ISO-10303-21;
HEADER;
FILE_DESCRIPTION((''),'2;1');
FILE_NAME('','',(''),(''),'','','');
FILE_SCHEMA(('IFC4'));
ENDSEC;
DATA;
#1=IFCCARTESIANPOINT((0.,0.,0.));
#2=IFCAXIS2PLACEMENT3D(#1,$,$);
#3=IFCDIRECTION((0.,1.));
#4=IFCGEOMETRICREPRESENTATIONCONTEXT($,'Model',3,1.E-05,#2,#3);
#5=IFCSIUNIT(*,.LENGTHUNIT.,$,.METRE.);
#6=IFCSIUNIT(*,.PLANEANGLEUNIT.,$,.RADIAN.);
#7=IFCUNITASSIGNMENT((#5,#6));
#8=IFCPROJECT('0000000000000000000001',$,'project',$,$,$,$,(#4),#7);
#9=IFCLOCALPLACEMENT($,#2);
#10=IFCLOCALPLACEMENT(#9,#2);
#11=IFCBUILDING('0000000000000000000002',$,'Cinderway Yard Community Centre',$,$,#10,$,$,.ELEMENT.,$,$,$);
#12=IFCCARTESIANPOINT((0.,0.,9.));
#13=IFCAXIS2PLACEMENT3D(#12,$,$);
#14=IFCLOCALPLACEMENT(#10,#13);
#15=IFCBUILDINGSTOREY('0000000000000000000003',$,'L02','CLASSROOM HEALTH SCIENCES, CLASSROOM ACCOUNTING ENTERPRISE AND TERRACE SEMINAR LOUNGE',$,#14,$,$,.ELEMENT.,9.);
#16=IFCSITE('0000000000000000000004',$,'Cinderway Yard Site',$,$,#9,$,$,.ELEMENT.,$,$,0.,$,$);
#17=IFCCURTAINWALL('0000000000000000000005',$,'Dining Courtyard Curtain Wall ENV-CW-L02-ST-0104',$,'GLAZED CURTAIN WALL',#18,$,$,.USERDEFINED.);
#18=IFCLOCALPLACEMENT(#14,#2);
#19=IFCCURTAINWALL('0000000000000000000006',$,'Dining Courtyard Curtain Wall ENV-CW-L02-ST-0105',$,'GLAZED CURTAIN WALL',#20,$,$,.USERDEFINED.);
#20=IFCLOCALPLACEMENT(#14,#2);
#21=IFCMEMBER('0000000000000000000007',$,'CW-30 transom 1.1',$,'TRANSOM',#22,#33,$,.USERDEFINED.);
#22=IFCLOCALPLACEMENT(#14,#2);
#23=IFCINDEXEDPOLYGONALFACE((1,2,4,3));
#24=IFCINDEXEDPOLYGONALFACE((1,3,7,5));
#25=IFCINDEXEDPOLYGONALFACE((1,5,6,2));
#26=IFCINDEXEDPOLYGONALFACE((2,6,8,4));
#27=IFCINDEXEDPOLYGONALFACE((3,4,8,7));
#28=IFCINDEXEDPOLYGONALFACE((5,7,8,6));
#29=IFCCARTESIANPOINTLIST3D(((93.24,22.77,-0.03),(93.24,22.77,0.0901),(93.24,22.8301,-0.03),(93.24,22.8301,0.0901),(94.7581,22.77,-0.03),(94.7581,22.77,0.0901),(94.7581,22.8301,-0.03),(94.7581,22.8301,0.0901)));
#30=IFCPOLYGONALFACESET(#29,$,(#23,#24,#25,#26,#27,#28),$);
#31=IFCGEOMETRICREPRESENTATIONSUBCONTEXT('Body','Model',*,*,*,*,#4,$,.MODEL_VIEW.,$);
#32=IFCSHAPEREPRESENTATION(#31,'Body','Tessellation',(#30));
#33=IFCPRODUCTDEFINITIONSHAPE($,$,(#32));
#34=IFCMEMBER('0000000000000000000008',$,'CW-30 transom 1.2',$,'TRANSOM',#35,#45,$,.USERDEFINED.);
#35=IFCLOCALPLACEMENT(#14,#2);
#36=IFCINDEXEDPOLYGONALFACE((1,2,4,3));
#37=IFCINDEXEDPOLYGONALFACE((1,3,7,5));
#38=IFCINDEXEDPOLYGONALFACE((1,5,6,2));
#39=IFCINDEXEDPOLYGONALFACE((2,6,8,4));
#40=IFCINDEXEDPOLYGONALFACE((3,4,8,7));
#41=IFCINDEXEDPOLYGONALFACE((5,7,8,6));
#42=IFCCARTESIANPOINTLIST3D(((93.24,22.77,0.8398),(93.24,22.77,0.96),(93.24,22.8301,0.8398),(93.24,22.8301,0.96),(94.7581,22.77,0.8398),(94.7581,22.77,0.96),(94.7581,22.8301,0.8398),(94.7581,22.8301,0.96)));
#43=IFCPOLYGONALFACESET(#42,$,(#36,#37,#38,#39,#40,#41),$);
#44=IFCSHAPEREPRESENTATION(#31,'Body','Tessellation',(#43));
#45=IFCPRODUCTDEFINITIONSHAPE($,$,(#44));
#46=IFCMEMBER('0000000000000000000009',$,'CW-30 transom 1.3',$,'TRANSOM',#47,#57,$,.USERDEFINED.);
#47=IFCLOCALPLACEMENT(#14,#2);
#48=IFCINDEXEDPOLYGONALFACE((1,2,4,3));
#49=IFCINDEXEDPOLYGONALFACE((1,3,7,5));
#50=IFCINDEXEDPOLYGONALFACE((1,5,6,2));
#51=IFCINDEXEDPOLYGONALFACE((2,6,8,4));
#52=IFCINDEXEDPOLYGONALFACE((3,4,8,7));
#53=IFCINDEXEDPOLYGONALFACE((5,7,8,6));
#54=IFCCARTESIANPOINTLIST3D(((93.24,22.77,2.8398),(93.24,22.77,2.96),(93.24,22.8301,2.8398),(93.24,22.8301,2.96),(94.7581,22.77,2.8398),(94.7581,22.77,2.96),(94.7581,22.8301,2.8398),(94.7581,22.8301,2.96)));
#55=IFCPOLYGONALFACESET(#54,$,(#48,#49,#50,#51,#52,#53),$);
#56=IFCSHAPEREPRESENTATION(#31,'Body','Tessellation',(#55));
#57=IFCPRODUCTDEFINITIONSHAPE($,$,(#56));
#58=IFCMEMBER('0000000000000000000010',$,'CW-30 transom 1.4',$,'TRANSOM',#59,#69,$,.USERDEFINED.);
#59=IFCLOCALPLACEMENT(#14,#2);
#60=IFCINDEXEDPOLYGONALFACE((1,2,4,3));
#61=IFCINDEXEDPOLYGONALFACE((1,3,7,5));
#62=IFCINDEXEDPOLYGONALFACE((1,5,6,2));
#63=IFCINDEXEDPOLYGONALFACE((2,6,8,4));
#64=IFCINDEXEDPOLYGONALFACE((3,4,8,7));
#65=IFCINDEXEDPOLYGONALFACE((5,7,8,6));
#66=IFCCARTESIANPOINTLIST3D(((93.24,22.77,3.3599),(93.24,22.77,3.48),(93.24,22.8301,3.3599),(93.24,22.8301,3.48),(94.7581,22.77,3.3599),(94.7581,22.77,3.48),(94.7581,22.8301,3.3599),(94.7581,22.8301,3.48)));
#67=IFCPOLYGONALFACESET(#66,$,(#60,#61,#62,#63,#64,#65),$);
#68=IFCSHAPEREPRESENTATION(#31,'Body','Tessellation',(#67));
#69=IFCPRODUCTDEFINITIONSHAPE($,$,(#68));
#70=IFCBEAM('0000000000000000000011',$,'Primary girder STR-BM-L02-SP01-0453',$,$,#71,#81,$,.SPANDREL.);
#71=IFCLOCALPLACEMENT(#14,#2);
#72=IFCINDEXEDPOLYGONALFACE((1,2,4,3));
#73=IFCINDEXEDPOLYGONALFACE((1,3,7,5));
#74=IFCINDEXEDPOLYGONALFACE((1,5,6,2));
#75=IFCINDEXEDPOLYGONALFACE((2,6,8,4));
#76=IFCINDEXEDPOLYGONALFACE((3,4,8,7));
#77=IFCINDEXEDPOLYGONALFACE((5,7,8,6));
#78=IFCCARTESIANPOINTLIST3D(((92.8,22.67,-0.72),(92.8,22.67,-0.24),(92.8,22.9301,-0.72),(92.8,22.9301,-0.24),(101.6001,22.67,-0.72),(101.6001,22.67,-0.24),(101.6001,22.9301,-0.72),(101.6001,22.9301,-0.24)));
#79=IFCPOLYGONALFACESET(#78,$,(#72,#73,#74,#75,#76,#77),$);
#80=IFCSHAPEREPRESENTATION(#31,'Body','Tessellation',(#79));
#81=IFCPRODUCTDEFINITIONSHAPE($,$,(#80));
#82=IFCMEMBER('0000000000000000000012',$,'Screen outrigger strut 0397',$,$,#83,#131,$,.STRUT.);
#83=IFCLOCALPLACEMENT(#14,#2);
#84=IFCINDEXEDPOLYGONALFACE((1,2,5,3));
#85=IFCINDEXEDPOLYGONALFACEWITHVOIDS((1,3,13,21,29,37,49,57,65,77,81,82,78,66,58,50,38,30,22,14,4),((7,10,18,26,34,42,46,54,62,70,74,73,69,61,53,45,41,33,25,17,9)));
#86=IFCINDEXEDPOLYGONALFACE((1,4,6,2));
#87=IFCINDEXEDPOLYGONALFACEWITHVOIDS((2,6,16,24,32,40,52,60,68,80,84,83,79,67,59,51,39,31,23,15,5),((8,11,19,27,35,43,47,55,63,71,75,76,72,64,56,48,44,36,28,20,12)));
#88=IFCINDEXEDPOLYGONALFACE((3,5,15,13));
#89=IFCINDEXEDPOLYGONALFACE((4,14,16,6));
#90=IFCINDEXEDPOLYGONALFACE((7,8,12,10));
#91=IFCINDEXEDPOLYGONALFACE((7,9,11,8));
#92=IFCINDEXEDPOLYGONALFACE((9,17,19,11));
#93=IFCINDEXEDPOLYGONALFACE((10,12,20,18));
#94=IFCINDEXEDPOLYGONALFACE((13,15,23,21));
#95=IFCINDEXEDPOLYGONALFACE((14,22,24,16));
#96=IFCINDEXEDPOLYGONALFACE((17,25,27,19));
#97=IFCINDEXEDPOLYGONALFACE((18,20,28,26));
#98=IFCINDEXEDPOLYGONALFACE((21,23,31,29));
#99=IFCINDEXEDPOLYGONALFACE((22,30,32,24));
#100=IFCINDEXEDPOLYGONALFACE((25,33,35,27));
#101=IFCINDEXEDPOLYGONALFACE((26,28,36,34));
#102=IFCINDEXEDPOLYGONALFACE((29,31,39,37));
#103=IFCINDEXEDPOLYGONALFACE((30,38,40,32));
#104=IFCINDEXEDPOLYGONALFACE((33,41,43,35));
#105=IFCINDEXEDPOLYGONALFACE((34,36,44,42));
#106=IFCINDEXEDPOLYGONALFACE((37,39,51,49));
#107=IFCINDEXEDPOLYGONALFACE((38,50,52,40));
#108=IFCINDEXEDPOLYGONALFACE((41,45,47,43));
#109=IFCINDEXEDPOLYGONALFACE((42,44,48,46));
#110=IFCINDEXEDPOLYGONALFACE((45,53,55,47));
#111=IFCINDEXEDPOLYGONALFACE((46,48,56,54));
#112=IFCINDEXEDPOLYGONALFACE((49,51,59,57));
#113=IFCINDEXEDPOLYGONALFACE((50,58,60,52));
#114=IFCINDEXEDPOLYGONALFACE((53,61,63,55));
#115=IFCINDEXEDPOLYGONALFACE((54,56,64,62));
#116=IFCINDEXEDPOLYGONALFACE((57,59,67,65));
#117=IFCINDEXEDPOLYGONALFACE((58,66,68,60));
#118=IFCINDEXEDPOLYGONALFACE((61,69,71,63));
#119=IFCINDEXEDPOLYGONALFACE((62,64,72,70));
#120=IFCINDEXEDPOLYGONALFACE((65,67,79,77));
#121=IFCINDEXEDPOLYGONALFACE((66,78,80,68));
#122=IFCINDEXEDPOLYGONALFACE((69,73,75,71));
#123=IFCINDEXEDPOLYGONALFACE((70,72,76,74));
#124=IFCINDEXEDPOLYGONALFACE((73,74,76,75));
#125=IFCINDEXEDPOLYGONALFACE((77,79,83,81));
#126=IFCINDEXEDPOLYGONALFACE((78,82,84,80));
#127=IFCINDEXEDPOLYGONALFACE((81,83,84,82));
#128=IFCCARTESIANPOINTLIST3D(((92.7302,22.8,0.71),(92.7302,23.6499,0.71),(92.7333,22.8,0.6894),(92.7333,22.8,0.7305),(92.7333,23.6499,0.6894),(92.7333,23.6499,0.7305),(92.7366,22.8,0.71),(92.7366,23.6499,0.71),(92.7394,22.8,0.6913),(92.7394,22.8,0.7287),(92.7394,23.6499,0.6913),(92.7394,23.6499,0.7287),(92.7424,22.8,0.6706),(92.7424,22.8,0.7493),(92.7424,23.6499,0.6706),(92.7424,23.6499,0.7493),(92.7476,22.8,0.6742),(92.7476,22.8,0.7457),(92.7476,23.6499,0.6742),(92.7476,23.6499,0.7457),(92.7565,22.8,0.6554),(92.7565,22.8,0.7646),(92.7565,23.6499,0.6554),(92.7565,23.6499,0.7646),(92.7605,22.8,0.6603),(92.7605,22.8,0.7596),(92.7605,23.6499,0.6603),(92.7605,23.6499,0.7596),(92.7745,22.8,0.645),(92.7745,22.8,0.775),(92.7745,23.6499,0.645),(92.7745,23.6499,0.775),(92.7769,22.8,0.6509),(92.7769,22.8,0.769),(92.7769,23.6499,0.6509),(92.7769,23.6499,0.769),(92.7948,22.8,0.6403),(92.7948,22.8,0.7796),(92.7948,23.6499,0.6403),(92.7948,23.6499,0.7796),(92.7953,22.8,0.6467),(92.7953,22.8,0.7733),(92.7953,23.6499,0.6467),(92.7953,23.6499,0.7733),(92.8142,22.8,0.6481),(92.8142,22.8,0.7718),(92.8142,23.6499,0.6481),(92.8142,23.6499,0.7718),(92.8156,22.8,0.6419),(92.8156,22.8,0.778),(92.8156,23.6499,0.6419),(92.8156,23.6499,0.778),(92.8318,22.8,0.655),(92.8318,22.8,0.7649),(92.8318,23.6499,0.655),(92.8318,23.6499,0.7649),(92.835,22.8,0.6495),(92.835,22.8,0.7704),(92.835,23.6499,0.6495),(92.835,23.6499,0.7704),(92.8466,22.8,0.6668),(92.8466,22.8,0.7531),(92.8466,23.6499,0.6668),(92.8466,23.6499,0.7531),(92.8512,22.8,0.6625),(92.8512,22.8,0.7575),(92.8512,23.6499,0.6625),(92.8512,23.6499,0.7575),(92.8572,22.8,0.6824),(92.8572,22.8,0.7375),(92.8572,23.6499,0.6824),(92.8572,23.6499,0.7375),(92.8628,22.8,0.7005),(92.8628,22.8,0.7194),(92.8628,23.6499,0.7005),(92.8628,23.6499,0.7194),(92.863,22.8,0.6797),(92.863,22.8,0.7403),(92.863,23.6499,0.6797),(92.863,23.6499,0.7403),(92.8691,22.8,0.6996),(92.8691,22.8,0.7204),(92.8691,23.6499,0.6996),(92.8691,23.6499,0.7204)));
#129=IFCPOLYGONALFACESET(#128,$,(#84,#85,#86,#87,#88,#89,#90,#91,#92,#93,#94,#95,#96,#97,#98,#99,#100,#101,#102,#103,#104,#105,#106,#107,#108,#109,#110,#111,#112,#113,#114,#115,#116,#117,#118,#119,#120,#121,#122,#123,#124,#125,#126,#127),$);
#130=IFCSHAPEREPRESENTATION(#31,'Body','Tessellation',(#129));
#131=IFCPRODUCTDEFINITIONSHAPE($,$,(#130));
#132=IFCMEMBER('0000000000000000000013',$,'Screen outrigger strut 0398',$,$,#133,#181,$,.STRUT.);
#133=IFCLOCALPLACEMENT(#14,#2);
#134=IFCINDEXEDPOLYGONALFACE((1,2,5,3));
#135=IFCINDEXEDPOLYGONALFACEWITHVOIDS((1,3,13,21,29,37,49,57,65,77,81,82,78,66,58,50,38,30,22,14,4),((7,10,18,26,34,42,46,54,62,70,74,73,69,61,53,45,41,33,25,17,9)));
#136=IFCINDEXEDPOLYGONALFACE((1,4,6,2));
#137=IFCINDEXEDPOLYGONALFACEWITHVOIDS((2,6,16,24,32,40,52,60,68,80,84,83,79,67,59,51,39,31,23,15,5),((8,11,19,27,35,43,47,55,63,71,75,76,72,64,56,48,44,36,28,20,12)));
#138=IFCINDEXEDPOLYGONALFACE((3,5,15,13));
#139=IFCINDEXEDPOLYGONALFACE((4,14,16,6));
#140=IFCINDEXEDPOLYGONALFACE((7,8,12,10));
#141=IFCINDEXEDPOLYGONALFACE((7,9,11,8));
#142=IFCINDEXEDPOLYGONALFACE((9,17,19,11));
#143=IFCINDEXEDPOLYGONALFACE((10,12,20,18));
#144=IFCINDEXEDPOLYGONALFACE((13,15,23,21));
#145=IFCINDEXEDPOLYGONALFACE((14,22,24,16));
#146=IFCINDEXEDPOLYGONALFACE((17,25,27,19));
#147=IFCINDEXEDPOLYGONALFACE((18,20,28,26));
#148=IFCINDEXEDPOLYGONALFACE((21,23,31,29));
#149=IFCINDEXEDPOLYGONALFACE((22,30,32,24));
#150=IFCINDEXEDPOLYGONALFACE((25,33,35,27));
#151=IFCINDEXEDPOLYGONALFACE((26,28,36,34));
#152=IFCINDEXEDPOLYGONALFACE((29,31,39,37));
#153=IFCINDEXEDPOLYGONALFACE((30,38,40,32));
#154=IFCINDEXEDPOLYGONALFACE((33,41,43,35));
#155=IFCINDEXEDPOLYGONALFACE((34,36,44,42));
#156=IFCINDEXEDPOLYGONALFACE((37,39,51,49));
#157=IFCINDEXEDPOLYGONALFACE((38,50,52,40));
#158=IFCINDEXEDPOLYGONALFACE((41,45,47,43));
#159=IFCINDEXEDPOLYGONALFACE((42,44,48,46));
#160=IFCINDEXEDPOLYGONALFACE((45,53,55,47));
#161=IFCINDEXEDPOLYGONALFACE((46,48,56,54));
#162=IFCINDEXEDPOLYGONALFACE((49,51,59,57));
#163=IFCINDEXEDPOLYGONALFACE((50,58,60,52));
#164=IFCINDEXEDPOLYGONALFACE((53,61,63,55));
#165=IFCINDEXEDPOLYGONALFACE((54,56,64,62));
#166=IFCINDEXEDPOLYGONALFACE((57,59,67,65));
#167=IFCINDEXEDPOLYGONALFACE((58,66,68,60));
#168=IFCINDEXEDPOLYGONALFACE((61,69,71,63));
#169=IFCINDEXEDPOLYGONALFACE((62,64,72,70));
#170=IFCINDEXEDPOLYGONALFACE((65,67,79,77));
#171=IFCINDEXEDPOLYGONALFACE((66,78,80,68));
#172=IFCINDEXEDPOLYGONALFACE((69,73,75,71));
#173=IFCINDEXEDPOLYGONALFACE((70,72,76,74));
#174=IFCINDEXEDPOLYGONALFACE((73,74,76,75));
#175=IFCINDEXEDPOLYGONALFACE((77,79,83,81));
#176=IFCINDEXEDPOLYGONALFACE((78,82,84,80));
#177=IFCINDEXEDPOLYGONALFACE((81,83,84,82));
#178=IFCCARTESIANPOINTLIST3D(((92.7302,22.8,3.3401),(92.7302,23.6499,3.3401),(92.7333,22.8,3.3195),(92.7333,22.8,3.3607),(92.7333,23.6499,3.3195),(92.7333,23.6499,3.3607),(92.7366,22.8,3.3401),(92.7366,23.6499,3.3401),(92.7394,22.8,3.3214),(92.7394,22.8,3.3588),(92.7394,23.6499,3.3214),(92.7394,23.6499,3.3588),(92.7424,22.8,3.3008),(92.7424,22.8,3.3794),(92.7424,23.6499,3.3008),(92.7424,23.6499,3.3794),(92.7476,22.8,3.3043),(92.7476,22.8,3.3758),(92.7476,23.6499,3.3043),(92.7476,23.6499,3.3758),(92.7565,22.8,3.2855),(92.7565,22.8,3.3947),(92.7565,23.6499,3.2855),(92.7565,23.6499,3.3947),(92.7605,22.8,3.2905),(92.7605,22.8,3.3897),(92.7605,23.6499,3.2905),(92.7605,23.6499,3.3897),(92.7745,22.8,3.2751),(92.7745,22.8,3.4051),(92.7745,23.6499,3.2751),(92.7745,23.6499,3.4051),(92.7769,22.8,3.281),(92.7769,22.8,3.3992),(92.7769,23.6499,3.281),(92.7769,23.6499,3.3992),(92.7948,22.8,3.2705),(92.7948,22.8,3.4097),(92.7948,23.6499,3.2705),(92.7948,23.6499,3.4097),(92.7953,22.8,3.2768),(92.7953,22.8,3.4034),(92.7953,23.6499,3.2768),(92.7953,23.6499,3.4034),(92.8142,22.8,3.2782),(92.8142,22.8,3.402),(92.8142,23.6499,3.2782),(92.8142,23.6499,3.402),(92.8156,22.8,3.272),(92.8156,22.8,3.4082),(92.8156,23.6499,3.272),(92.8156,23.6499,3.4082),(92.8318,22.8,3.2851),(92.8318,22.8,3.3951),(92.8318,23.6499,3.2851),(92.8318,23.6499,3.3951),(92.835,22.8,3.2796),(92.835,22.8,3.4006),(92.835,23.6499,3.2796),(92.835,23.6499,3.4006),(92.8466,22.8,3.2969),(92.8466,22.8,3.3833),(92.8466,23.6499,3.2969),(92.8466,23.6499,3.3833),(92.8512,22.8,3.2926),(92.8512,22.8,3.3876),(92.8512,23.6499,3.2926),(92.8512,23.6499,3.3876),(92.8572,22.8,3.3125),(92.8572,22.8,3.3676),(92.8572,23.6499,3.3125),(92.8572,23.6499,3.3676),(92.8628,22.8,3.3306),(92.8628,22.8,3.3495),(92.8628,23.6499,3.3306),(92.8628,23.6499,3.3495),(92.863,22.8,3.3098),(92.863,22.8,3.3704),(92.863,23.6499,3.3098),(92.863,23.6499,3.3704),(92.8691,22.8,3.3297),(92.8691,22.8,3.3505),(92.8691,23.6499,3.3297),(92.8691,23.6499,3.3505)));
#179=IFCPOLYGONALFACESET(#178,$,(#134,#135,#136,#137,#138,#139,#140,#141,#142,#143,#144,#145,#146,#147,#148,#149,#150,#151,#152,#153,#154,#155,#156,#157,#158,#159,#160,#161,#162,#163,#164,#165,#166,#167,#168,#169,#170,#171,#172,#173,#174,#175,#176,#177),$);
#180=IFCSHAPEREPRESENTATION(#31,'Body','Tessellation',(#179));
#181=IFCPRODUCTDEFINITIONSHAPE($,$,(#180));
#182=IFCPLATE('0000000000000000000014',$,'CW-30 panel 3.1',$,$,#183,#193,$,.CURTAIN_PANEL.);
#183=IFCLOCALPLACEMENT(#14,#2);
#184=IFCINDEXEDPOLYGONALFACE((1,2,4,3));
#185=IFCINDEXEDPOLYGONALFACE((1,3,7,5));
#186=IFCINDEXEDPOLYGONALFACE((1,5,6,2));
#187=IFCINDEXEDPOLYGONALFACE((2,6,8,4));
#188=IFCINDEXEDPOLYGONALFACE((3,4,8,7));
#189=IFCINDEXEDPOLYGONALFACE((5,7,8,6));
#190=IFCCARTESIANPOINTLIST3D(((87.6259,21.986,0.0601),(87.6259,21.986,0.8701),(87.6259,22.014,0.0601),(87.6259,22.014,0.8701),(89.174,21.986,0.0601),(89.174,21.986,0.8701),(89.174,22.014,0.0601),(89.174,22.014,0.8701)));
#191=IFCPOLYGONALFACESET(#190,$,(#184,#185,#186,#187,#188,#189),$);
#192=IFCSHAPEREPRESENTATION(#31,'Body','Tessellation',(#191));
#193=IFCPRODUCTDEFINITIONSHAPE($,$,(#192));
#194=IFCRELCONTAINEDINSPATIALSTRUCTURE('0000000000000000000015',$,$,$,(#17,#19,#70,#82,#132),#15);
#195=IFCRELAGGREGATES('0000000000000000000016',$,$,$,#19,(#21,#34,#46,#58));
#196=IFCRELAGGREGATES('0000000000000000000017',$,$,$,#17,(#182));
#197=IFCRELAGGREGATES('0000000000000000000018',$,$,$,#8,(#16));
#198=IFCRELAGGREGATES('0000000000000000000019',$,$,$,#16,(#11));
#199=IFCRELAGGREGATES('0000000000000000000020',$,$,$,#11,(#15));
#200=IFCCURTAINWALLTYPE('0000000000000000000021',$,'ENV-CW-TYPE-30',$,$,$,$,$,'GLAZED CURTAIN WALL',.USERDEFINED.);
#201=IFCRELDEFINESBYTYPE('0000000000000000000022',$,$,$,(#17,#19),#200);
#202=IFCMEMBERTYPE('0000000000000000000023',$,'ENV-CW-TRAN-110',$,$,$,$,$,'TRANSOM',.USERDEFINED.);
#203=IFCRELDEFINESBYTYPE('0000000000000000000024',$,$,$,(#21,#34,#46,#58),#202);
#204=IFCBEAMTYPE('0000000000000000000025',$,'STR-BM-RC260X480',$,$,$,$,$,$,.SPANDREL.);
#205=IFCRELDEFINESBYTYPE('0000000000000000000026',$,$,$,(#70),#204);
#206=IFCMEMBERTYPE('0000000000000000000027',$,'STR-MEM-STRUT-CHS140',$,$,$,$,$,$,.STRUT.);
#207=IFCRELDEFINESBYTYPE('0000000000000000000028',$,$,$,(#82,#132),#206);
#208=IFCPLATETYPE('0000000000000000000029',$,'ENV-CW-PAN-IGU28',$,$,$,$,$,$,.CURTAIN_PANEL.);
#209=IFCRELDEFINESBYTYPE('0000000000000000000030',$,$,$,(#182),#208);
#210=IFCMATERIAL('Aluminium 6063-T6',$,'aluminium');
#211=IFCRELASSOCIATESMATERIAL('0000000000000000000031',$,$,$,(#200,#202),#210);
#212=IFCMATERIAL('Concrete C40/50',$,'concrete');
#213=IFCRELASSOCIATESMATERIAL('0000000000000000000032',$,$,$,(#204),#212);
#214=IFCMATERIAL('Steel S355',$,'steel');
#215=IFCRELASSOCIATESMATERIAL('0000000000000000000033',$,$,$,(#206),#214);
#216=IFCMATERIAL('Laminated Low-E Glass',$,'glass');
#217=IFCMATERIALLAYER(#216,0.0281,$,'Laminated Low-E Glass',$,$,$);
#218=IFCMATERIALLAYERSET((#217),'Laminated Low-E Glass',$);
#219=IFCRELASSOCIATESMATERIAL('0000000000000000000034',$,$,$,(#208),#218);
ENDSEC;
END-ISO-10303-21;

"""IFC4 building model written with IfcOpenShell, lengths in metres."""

from ifc_helpers import new_model, si_unit, direction, frame, origin, origin_2d, place, context, subcontext, project, spatial, rectangle, hollow_circle, extrude, material, layer, layer_set, material_profile, profile_set, type_object, element, aggregate, save


model = new_model("IFC4")

# Units and contexts
model_context = context("Model", 3, precision=1e-05, world=origin(), true_north=direction((0.0, 1.0)))
body_context = subcontext(model_context, "Body", "Model", "MODEL_VIEW")
ifc_project = project(units=[si_unit("LENGTHUNIT", "METRE"), si_unit("PLANEANGLEUNIT", "RADIAN")], contexts=[model_context])

# Site, building, storey
site_placement = place(None, origin())
site = spatial("IfcSite", under=ifc_project, at=site_placement, Name="Cinderway Yard Site", CompositionType="ELEMENT", RefElevation=0.0)
building_placement = place(site_placement, origin())
building = spatial("IfcBuilding", under=site, at=building_placement, Name="Cinderway Yard Community Centre", CompositionType="ELEMENT")
storey_placement = place(building_placement, frame((0.0, 0.0, 9.0)))
storey = spatial("IfcBuildingStorey", under=building, at=storey_placement, Name="L02", Description="CLASSROOM HEALTH SCIENCES, CLASSROOM ACCOUNTING ENTERPRISE AND TERRACE SEMINAR LOUNGE", CompositionType="ELEMENT", Elevation=9.0)

# Shared definitions
ifc_material_1 = material(Name="Concrete C40/50", Category="concrete")

# Curtain wall
ifc_material_2 = material(Name="Aluminium 6063-T6", Category="aluminium")
curtain_wall_type = type_object("IfcCurtainWallType", Name="ENV-CW-TYPE-30", ElementType="GLAZED CURTAIN WALL", PredefinedType="USERDEFINED", material=ifc_material_2)
curtain_wall_1_placement = place(storey_placement, origin())
curtain_wall_1 = element("IfcCurtainWall", 1, at=curtain_wall_1_placement, inside=storey, type_object=curtain_wall_type, Name="Dining Courtyard Curtain Wall ENV-CW-L02-ST-0104", ObjectType="GLAZED CURTAIN WALL", PredefinedType="USERDEFINED")

# Curtain wall
curtain_wall_2_placement = place(storey_placement, origin())
curtain_wall_2 = element("IfcCurtainWall", 2, at=curtain_wall_2_placement, inside=storey, type_object=curtain_wall_type, Name="Dining Courtyard Curtain Wall ENV-CW-L02-ST-0105", ObjectType="GLAZED CURTAIN WALL", PredefinedType="USERDEFINED")

# Members
ifc_material_profile_1 = material_profile(ifc_material_2, rectangle(XDim=0.0601, YDim=0.1201, at=origin_2d()), Name="Aluminium 6063-T6")
ifc_profile_set_1 = profile_set([ifc_material_profile_1], Name="Aluminium 6063-T6")
member_type_1 = type_object("IfcMemberType", Name="ENV-CW-TRAN-110", ElementType="TRANSOM", PredefinedType="USERDEFINED", material=ifc_profile_set_1)
member_1_placement = place(storey_placement, frame((93.24, 22.8, 0.03), z_axis=(1.0, 0.0, 0.0), x_axis=(0.0, 1.0, 0.0)))
member_1 = element("IfcMember", 3, at=member_1_placement, type_object=member_type_1, Name="CW-30 transom 1.1", ObjectType="TRANSOM", PredefinedType="USERDEFINED", context=body_context, shape_type="SweptSolid", body=[
    extrude(rectangle(XDim=0.0601, YDim=0.1201, at=origin_2d()), origin(), (0.0, 0.0, 1.0), 1.5181),
])
member_2_placement = place(storey_placement, frame((93.24, 22.8, 0.8999), z_axis=(1.0, 0.0, 0.0), x_axis=(0.0, 1.0, 0.0)))
member_2 = element("IfcMember", 4, at=member_2_placement, type_object=member_type_1, Name="CW-30 transom 1.2", ObjectType="TRANSOM", PredefinedType="USERDEFINED", context=body_context, shape_type="SweptSolid", body=[
    extrude(rectangle(XDim=0.0601, YDim=0.1201, at=origin_2d()), origin(), (0.0, 0.0, 1.0), 1.5181),
])
member_3_placement = place(storey_placement, frame((93.24, 22.8, 2.8999), z_axis=(1.0, 0.0, 0.0), x_axis=(0.0, 1.0, 0.0)))
member_3 = element("IfcMember", 5, at=member_3_placement, type_object=member_type_1, Name="CW-30 transom 1.3", ObjectType="TRANSOM", PredefinedType="USERDEFINED", context=body_context, shape_type="SweptSolid", body=[
    extrude(rectangle(XDim=0.0601, YDim=0.1201, at=origin_2d()), origin(), (0.0, 0.0, 1.0), 1.5181),
])
member_4_placement = place(storey_placement, frame((93.24, 22.8, 3.4199), z_axis=(1.0, 0.0, 0.0), x_axis=(0.0, 1.0, 0.0)))
member_4 = element("IfcMember", 6, at=member_4_placement, type_object=member_type_1, Name="CW-30 transom 1.4", ObjectType="TRANSOM", PredefinedType="USERDEFINED", context=body_context, shape_type="SweptSolid", body=[
    extrude(rectangle(XDim=0.0601, YDim=0.1201, at=origin_2d()), origin(), (0.0, 0.0, 1.0), 1.5181),
])
aggregate(curtain_wall_2, [member_1, member_2, member_3, member_4])

# Beam
ifc_material_profile_2 = material_profile(ifc_material_1, rectangle(XDim=0.26, YDim=0.48, at=origin_2d()), Name="Concrete C40/50")
ifc_profile_set_2 = profile_set([ifc_material_profile_2], Name="Concrete C40/50")
beam_type = type_object("IfcBeamType", Name="STR-BM-RC260X480", PredefinedType="SPANDREL", material=ifc_profile_set_2)
beam_placement = place(storey_placement, frame((92.8, 22.8, -0.48), z_axis=(1.0, 0.0, 0.0), x_axis=(0.0, 1.0, 0.0)))
element("IfcBeam", 7, at=beam_placement, inside=storey, type_object=beam_type, Name="Primary girder STR-BM-L02-SP01-0453", PredefinedType="SPANDREL", context=body_context, shape_type="SweptSolid", body=[
    extrude(rectangle(XDim=0.26, YDim=0.48, at=origin_2d()), origin(), (0.0, 0.0, 1.0), 8.8),
])

# Members
ifc_material_3 = material(Name="Steel S355", Category="steel")
ifc_material_profile_3 = material_profile(ifc_material_3, hollow_circle(Radius=0.0698, WallThickness=0.0063, at=origin_2d()), Name="Steel S355")
ifc_profile_set_3 = profile_set([ifc_material_profile_3], Name="Steel S355")
member_type_2 = type_object("IfcMemberType", Name="STR-MEM-STRUT-CHS140", PredefinedType="STRUT", material=ifc_profile_set_3)
for number, where, z_axis, x_axis, name in (
    (8, (92.8, 22.8, 0.71), (0.0, 1.0, 0.0), (-1.0, 0.0, 0.0), "Screen outrigger strut 0397"),
    (9, (92.8, 22.8, 3.3401), (0.0, 1.0, 0.0), (-1.0, 0.0, 0.0), "Screen outrigger strut 0398"),
):
    element("IfcMember", number, at=place(storey_placement, frame(where, z_axis=z_axis, x_axis=x_axis)), inside=storey, type_object=member_type_2, Name=name, PredefinedType="STRUT", context=body_context, shape_type="SweptSolid", body=[
        extrude(hollow_circle(Radius=0.0698, WallThickness=0.0063, at=origin_2d()), origin(), (0.0, 0.0, 1.0), 0.8499),
    ])

# Plate
ifc_material_4 = material(Name="Laminated Low-E Glass", Category="glass")
ifc_layer = layer(ifc_material_4, 0.0281, Name="Laminated Low-E Glass")
ifc_layer_set = layer_set([ifc_layer], Name="Laminated Low-E Glass")
plate_type = type_object("IfcPlateType", Name="ENV-CW-PAN-IGU28", PredefinedType="CURTAIN_PANEL", material=ifc_layer_set)
plate_1_placement = place(storey_placement, frame((88.3999, 22.0, 0.0601), z_axis=(0.0, 0.0, 1.0), x_axis=(1.0, 0.0, 0.0)))
plate_1 = element("IfcPlate", 10, at=plate_1_placement, type_object=plate_type, Name="CW-30 panel 3.1", PredefinedType="CURTAIN_PANEL", context=body_context, shape_type="SweptSolid", body=[
    extrude(rectangle(XDim=1.5481, YDim=0.0281, at=origin_2d()), origin(), (0.0, 0.0, 1.0), 0.8101),
])
aggregate(curtain_wall_1, [plate_1])

save(model, "model.ifc")
